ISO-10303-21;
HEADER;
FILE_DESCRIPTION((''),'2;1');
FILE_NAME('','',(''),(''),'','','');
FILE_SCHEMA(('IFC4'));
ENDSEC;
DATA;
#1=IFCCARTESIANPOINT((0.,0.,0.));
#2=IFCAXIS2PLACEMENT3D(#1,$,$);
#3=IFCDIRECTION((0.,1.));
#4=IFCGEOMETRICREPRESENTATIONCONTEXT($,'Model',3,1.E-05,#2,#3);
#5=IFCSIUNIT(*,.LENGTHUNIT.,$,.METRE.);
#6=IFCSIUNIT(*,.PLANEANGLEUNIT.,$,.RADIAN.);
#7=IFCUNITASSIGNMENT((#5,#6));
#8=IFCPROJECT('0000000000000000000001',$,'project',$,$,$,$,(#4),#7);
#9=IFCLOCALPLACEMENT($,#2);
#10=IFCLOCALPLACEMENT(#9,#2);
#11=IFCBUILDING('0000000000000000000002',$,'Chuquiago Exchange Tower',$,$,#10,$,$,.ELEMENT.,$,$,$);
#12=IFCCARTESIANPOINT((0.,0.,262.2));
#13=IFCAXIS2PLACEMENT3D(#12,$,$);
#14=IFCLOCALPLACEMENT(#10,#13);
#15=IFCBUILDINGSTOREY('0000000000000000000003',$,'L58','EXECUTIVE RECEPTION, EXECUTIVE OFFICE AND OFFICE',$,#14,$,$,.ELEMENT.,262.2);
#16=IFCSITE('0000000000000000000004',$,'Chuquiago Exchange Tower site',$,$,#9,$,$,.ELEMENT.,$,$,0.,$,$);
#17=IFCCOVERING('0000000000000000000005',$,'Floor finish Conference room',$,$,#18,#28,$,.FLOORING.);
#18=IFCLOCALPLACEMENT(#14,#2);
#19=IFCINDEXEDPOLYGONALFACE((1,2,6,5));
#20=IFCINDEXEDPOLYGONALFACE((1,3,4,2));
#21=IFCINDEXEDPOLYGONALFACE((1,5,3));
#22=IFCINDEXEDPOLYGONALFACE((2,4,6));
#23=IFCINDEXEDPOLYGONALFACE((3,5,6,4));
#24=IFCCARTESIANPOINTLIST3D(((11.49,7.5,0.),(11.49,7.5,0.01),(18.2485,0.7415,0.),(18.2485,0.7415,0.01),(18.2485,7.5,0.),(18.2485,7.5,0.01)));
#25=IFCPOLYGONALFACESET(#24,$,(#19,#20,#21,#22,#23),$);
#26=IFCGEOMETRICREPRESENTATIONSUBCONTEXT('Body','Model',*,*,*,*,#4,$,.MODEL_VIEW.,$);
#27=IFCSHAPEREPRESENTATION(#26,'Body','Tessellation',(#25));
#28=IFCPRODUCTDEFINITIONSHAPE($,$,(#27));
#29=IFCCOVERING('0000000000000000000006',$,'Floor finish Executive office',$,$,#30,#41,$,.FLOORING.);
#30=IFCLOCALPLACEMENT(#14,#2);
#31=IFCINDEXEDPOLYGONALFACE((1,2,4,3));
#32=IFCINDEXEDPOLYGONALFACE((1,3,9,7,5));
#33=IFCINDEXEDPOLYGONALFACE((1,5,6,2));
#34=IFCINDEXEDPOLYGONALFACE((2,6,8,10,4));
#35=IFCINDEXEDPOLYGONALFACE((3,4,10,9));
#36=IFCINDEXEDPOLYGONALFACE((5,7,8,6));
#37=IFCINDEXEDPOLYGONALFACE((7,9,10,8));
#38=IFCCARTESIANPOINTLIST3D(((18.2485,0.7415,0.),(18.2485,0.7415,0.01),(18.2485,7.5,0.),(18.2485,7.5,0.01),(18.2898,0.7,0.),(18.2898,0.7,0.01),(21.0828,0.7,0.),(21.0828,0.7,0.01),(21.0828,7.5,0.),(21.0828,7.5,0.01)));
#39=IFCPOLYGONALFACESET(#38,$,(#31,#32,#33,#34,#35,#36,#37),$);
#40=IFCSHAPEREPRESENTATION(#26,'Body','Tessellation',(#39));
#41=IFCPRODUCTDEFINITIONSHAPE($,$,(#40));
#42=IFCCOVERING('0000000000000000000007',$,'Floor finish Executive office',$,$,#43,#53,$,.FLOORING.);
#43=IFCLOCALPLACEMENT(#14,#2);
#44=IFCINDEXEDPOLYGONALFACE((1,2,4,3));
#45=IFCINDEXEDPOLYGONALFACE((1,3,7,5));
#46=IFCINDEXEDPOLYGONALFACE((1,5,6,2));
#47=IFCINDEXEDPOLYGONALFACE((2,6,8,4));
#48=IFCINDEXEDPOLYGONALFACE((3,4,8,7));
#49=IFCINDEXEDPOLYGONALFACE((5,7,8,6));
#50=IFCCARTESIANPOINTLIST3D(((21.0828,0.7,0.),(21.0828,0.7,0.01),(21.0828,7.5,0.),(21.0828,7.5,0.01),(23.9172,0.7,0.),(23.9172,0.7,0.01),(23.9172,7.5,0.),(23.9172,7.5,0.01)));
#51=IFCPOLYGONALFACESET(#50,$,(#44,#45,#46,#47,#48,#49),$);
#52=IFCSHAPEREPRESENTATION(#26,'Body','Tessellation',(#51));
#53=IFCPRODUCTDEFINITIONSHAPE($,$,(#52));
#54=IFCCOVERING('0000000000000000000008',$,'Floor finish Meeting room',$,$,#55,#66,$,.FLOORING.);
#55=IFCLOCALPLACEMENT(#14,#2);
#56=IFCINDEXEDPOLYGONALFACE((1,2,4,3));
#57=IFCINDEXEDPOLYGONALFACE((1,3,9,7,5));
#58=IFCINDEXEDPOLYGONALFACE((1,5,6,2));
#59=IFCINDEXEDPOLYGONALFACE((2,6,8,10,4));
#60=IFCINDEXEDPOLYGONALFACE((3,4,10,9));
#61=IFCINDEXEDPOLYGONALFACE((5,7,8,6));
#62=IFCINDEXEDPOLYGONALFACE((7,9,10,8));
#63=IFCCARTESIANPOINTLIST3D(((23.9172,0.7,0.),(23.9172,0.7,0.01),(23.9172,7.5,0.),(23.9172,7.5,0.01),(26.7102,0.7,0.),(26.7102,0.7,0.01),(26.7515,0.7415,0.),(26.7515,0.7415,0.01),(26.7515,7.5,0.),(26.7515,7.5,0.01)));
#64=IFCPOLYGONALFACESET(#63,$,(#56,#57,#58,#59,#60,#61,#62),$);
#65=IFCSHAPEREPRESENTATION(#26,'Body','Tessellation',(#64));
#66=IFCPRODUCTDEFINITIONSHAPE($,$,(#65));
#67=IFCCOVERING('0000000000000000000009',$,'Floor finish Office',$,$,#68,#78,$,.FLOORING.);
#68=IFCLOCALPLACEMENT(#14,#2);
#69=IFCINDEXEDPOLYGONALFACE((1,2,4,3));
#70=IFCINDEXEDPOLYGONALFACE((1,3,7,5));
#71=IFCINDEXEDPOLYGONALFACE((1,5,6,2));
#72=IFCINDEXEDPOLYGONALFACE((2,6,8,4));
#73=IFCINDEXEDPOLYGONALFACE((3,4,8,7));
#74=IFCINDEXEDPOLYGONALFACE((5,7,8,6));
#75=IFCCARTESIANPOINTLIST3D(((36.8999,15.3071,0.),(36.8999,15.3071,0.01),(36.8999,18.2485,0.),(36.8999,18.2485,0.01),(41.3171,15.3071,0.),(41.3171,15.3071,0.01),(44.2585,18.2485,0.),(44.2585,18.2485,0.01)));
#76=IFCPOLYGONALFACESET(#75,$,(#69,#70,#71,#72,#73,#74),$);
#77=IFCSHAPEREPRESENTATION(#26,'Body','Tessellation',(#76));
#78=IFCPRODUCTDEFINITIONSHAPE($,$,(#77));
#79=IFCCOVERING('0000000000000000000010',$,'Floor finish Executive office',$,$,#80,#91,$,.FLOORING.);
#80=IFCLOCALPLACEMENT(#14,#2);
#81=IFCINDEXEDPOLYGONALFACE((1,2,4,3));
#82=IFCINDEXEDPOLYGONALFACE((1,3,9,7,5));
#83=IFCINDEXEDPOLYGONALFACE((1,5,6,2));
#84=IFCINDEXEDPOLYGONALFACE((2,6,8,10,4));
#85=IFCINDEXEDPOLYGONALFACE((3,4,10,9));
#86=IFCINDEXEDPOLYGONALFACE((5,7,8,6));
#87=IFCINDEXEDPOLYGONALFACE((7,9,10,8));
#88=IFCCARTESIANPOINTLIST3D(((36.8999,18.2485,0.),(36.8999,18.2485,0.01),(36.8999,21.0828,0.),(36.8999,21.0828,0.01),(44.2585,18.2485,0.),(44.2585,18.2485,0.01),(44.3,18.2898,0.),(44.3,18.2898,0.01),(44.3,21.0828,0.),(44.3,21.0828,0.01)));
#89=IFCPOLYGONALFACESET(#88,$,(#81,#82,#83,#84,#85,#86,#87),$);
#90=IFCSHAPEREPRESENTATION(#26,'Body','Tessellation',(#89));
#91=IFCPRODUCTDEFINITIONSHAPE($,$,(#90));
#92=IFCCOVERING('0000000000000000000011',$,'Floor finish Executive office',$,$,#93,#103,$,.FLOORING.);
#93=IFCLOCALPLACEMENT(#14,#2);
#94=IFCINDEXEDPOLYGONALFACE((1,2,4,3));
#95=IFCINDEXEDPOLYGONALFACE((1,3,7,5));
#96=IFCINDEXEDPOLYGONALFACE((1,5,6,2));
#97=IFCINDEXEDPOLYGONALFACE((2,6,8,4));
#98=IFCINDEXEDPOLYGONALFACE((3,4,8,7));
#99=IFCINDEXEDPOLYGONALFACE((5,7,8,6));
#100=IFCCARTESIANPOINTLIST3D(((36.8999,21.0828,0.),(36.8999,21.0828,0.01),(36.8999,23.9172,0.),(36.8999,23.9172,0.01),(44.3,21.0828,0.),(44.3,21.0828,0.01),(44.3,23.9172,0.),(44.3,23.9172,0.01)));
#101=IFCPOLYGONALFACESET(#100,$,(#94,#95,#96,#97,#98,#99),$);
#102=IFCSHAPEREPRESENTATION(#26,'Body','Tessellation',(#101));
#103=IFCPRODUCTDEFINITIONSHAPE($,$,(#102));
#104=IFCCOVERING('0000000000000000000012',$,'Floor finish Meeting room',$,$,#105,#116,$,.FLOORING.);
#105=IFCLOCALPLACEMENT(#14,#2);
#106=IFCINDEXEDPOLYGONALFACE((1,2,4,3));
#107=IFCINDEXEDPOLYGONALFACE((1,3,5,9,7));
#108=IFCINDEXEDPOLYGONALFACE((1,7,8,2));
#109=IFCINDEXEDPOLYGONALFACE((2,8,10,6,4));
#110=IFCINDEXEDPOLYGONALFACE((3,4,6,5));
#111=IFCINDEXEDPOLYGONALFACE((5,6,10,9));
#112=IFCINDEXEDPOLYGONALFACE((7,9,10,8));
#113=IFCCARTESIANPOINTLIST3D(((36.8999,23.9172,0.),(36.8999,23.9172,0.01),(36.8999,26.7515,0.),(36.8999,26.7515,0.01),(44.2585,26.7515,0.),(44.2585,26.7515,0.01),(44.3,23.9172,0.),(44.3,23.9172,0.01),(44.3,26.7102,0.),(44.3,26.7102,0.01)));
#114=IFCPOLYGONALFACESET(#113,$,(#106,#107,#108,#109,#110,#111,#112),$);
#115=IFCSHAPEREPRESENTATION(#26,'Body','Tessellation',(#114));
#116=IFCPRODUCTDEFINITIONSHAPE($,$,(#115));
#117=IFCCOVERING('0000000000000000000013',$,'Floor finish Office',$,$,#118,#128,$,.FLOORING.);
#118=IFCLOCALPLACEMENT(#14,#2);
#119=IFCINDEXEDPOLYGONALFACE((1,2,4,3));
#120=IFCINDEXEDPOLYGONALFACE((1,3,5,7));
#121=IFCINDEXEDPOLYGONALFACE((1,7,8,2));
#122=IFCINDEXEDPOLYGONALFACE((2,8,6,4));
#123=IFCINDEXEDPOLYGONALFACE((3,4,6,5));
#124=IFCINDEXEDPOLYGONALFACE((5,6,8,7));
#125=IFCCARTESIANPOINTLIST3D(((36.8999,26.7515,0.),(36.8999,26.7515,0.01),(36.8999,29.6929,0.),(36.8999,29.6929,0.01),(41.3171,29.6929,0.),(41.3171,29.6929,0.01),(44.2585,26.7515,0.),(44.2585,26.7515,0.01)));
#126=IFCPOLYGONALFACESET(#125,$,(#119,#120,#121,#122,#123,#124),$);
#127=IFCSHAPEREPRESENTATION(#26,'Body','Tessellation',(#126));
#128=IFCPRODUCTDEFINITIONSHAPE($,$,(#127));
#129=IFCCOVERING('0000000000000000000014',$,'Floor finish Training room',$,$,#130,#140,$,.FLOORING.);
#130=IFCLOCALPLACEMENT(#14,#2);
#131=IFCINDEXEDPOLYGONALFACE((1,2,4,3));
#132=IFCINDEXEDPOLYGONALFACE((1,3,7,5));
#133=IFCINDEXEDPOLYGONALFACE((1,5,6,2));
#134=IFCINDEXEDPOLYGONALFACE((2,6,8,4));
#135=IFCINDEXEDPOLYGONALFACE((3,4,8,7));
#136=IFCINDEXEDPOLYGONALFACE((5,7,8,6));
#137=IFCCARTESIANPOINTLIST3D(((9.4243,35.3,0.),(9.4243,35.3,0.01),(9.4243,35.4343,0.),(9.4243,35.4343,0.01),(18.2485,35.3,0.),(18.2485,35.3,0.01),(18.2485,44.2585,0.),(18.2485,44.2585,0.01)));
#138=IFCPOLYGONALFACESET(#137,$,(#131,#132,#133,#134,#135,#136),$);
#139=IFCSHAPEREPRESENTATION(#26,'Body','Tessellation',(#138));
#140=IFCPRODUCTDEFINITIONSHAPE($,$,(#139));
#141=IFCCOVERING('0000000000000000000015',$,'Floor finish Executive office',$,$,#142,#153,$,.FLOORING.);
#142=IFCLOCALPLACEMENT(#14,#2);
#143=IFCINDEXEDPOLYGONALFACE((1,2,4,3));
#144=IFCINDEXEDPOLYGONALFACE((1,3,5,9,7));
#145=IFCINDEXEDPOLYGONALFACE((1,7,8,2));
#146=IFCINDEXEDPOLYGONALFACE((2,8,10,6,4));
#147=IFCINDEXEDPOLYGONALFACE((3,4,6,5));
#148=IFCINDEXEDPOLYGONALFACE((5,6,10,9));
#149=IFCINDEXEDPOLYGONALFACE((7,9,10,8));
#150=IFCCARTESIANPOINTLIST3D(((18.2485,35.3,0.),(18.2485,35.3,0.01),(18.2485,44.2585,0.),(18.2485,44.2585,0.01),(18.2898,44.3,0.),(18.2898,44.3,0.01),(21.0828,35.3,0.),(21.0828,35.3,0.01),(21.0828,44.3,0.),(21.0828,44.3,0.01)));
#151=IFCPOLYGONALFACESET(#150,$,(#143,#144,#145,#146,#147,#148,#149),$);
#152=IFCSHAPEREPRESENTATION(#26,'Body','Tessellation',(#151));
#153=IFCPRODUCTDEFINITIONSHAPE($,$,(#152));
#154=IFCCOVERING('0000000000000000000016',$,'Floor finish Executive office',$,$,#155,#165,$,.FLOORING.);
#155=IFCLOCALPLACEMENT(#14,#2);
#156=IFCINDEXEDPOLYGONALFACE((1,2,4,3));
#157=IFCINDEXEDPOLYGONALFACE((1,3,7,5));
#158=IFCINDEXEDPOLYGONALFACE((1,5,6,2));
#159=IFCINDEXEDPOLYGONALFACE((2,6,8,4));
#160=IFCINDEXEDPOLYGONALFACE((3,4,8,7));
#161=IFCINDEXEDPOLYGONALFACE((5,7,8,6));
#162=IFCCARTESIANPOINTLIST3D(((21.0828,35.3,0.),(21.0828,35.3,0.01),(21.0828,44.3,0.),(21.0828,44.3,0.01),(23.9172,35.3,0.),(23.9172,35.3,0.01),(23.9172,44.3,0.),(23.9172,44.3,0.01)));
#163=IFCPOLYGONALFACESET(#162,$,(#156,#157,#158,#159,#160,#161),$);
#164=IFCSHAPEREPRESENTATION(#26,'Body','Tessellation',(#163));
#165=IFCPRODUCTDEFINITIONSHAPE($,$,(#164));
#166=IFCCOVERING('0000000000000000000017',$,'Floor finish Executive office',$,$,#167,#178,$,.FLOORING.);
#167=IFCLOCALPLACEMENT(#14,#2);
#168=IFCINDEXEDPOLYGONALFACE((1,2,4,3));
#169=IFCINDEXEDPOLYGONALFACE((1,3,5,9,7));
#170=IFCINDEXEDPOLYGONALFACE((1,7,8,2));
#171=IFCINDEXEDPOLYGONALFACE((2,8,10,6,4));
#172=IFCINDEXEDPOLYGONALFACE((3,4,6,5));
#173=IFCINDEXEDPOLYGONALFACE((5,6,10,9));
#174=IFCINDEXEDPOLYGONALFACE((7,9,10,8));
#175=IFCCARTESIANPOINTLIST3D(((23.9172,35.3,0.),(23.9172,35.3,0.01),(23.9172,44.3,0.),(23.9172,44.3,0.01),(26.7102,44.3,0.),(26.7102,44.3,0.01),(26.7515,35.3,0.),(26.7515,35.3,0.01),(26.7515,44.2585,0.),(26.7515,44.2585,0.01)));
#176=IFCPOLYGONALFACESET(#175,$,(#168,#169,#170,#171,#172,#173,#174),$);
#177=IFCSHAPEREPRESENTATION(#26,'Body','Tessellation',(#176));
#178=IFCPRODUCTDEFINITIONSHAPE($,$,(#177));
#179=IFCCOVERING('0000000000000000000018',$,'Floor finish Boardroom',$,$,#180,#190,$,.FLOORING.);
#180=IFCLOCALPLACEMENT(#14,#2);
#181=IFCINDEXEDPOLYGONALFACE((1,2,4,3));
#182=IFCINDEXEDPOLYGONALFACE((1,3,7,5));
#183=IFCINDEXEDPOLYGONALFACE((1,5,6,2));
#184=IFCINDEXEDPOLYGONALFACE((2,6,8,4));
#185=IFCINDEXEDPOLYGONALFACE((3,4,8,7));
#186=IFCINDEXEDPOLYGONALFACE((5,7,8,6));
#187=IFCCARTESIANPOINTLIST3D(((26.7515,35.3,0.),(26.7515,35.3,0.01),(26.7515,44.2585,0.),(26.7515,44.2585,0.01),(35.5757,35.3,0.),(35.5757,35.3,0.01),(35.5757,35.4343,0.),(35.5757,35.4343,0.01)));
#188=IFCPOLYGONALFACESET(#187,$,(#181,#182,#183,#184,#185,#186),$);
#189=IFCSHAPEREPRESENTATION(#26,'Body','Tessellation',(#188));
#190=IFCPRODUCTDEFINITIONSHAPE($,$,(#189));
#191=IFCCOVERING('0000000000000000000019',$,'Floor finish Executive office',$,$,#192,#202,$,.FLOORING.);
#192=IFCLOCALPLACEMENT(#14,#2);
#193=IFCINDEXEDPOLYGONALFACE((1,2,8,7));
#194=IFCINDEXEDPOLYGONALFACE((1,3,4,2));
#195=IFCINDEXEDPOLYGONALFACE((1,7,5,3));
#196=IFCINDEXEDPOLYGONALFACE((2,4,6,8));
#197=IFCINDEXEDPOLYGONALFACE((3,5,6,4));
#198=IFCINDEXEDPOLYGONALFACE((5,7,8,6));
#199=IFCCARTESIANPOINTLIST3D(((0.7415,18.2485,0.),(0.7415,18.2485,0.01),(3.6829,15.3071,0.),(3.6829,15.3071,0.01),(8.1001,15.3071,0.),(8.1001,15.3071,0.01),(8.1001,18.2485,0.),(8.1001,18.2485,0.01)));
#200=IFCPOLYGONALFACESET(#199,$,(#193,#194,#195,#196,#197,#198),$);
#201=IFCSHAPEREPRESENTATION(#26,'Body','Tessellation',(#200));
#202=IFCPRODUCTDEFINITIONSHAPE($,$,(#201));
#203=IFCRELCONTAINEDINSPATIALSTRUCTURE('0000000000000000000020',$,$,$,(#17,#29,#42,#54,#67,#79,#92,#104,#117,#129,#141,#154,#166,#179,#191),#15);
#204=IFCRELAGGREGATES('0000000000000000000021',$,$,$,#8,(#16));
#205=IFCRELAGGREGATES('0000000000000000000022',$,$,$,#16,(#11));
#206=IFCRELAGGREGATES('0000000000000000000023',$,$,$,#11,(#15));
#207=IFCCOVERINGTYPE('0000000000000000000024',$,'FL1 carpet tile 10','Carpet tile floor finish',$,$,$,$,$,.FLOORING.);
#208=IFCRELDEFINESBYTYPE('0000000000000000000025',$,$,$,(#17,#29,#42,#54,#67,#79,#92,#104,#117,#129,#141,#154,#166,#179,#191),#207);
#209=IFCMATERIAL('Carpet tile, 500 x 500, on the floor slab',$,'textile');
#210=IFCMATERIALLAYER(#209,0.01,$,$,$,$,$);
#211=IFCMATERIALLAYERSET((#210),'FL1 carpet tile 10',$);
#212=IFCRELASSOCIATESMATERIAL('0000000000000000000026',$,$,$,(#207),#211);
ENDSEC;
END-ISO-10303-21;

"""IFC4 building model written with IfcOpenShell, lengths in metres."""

from ifc_helpers import new_model, si_unit, direction, frame, origin, place, context, subcontext, project, spatial, polyline, outline, extrude, material, layer, layer_set, type_object, element, save


model = new_model("IFC4")

# Units and contexts
model_context = context("Model", 3, precision=1e-05, world=origin(), true_north=direction((0.0, 1.0)))
body_context = subcontext(model_context, "Body", "Model", "MODEL_VIEW")
ifc_project = project(units=[si_unit("LENGTHUNIT", "METRE"), si_unit("PLANEANGLEUNIT", "RADIAN")], contexts=[model_context])

# Site, building, storey
site_placement = place(None, origin())
site = spatial("IfcSite", under=ifc_project, at=site_placement, Name="Chuquiago Exchange Tower site", CompositionType="ELEMENT", RefElevation=0.0)
building_placement = place(site_placement, origin())
building = spatial("IfcBuilding", under=site, at=building_placement, Name="Chuquiago Exchange Tower", CompositionType="ELEMENT")
storey_placement = place(building_placement, frame((0.0, 0.0, 262.2)))
storey = spatial("IfcBuildingStorey", under=building, at=storey_placement, Name="L58", Description="EXECUTIVE RECEPTION, EXECUTIVE OFFICE AND OFFICE", CompositionType="ELEMENT", Elevation=262.2)

# Coverings
ifc_material_1 = material(Name="Carpet tile, 500 x 500, on the floor slab", Category="textile")
ifc_layer_1 = layer(ifc_material_1, 0.01)
ifc_layer_set_1 = layer_set([ifc_layer_1], Name="FL1 carpet tile 10")
covering_type_1 = type_object("IfcCoveringType", Name="FL1 carpet tile 10", Description="Carpet tile floor finish", PredefinedType="FLOORING", material=ifc_layer_set_1)
covering_1_placement = place(storey_placement, origin())
element("IfcCovering", 1, at=covering_1_placement, inside=storey, type_object=covering_type_1, Name="Floor finish Conference room", PredefinedType="FLOORING", context=body_context, shape_type="SweptSolid", body=[
    extrude(outline(polyline([(11.49, 7.5), (18.2485, 7.5), (18.2485, 0.7415), (11.49, 7.5)])), origin(), (0.0, 0.0, 1.0), 0.01),
])
covering_2_placement = place(storey_placement, origin())
element("IfcCovering", 2, at=covering_2_placement, inside=storey, type_object=covering_type_1, Name="Floor finish Executive office", PredefinedType="FLOORING", context=body_context, shape_type="SweptSolid", body=[
    extrude(outline(polyline([(18.2898, 0.7), (18.2485, 0.7415), (18.2485, 7.5), (21.0828, 7.5), (21.0828, 0.7), (18.2898, 0.7)])), origin(), (0.0, 0.0, 1.0), 0.01),
])
covering_3_placement = place(storey_placement, origin())
element("IfcCovering", 3, at=covering_3_placement, inside=storey, type_object=covering_type_1, Name="Floor finish Executive office", PredefinedType="FLOORING", context=body_context, shape_type="SweptSolid", body=[
    extrude(outline(polyline([(21.0828, 0.7), (21.0828, 7.5), (23.9172, 7.5), (23.9172, 0.7), (21.0828, 0.7)])), origin(), (0.0, 0.0, 1.0), 0.01),
])
covering_4_placement = place(storey_placement, origin())
element("IfcCovering", 4, at=covering_4_placement, inside=storey, type_object=covering_type_1, Name="Floor finish Meeting room", PredefinedType="FLOORING", context=body_context, shape_type="SweptSolid", body=[
    extrude(outline(polyline([(26.7102, 0.7), (23.9172, 0.7), (23.9172, 7.5), (26.7515, 7.5), (26.7515, 0.7415), (26.7102, 0.7)])), origin(), (0.0, 0.0, 1.0), 0.01),
])
covering_5_placement = place(storey_placement, origin())
element("IfcCovering", 5, at=covering_5_placement, inside=storey, type_object=covering_type_1, Name="Floor finish Office", PredefinedType="FLOORING", context=body_context, shape_type="SweptSolid", body=[
    extrude(outline(polyline([(41.3171, 15.3071), (36.8999, 15.3071), (36.8999, 18.2485), (44.2585, 18.2485), (41.3171, 15.3071)])), origin(), (0.0, 0.0, 1.0), 0.01),
])
covering_6_placement = place(storey_placement, origin())
element("IfcCovering", 6, at=covering_6_placement, inside=storey, type_object=covering_type_1, Name="Floor finish Executive office", PredefinedType="FLOORING", context=body_context, shape_type="SweptSolid", body=[
    extrude(outline(polyline([(44.3, 18.2898), (44.2585, 18.2485), (36.8999, 18.2485), (36.8999, 21.0828), (44.3, 21.0828), (44.3, 18.2898)])), origin(), (0.0, 0.0, 1.0), 0.01),
])
covering_7_placement = place(storey_placement, origin())
element("IfcCovering", 7, at=covering_7_placement, inside=storey, type_object=covering_type_1, Name="Floor finish Executive office", PredefinedType="FLOORING", context=body_context, shape_type="SweptSolid", body=[
    extrude(outline(polyline([(44.3, 21.0828), (36.8999, 21.0828), (36.8999, 23.9172), (44.3, 23.9172), (44.3, 21.0828)])), origin(), (0.0, 0.0, 1.0), 0.01),
])
covering_8_placement = place(storey_placement, origin())
element("IfcCovering", 8, at=covering_8_placement, inside=storey, type_object=covering_type_1, Name="Floor finish Meeting room", PredefinedType="FLOORING", context=body_context, shape_type="SweptSolid", body=[
    extrude(outline(polyline([(44.3, 26.7102), (44.3, 23.9172), (36.8999, 23.9172), (36.8999, 26.7515), (44.2585, 26.7515), (44.3, 26.7102)])), origin(), (0.0, 0.0, 1.0), 0.01),
])
covering_9_placement = place(storey_placement, origin())
element("IfcCovering", 9, at=covering_9_placement, inside=storey, type_object=covering_type_1, Name="Floor finish Office", PredefinedType="FLOORING", context=body_context, shape_type="SweptSolid", body=[
    extrude(outline(polyline([(44.2585, 26.7515), (36.8999, 26.7515), (36.8999, 29.6929), (41.3171, 29.6929), (44.2585, 26.7515)])), origin(), (0.0, 0.0, 1.0), 0.01),
])
covering_10_placement = place(storey_placement, origin())
element("IfcCovering", 10, at=covering_10_placement, inside=storey, type_object=covering_type_1, Name="Floor finish Training room", PredefinedType="FLOORING", context=body_context, shape_type="SweptSolid", body=[
    extrude(outline(polyline([(18.2485, 44.2585), (18.2485, 35.3), (9.4243, 35.3), (9.4243, 35.4343), (18.2485, 44.2585)])), origin(), (0.0, 0.0, 1.0), 0.01),
])
covering_11_placement = place(storey_placement, origin())
element("IfcCovering", 11, at=covering_11_placement, inside=storey, type_object=covering_type_1, Name="Floor finish Executive office", PredefinedType="FLOORING", context=body_context, shape_type="SweptSolid", body=[
    extrude(outline(polyline([(18.2898, 44.3), (21.0828, 44.3), (21.0828, 35.3), (18.2485, 35.3), (18.2485, 44.2585), (18.2898, 44.3)])), origin(), (0.0, 0.0, 1.0), 0.01),
])
covering_12_placement = place(storey_placement, origin())
element("IfcCovering", 12, at=covering_12_placement, inside=storey, type_object=covering_type_1, Name="Floor finish Executive office", PredefinedType="FLOORING", context=body_context, shape_type="SweptSolid", body=[
    extrude(outline(polyline([(23.9172, 44.3), (23.9172, 35.3), (21.0828, 35.3), (21.0828, 44.3), (23.9172, 44.3)])), origin(), (0.0, 0.0, 1.0), 0.01),
])
covering_13_placement = place(storey_placement, origin())
element("IfcCovering", 13, at=covering_13_placement, inside=storey, type_object=covering_type_1, Name="Floor finish Executive office", PredefinedType="FLOORING", context=body_context, shape_type="SweptSolid", body=[
    extrude(outline(polyline([(26.7102, 44.3), (26.7515, 44.2585), (26.7515, 35.3), (23.9172, 35.3), (23.9172, 44.3), (26.7102, 44.3)])), origin(), (0.0, 0.0, 1.0), 0.01),
])
covering_14_placement = place(storey_placement, origin())
element("IfcCovering", 14, at=covering_14_placement, inside=storey, type_object=covering_type_1, Name="Floor finish Boardroom", PredefinedType="FLOORING", context=body_context, shape_type="SweptSolid", body=[
    extrude(outline(polyline([(35.5757, 35.4343), (35.5757, 35.3), (26.7515, 35.3), (26.7515, 44.2585), (35.5757, 35.4343)])), origin(), (0.0, 0.0, 1.0), 0.01),
])
covering_15_placement = place(storey_placement, origin())
element("IfcCovering", 15, at=covering_15_placement, inside=storey, type_object=covering_type_1, Name="Floor finish Executive office", PredefinedType="FLOORING", context=body_context, shape_type="SweptSolid", body=[
    extrude(outline(polyline([(0.7415, 18.2485), (8.1001, 18.2485), (8.1001, 15.3071), (3.6829, 15.3071), (0.7415, 18.2485)])), origin(), (0.0, 0.0, 1.0), 0.01),
])

save(model, "model.ifc")
